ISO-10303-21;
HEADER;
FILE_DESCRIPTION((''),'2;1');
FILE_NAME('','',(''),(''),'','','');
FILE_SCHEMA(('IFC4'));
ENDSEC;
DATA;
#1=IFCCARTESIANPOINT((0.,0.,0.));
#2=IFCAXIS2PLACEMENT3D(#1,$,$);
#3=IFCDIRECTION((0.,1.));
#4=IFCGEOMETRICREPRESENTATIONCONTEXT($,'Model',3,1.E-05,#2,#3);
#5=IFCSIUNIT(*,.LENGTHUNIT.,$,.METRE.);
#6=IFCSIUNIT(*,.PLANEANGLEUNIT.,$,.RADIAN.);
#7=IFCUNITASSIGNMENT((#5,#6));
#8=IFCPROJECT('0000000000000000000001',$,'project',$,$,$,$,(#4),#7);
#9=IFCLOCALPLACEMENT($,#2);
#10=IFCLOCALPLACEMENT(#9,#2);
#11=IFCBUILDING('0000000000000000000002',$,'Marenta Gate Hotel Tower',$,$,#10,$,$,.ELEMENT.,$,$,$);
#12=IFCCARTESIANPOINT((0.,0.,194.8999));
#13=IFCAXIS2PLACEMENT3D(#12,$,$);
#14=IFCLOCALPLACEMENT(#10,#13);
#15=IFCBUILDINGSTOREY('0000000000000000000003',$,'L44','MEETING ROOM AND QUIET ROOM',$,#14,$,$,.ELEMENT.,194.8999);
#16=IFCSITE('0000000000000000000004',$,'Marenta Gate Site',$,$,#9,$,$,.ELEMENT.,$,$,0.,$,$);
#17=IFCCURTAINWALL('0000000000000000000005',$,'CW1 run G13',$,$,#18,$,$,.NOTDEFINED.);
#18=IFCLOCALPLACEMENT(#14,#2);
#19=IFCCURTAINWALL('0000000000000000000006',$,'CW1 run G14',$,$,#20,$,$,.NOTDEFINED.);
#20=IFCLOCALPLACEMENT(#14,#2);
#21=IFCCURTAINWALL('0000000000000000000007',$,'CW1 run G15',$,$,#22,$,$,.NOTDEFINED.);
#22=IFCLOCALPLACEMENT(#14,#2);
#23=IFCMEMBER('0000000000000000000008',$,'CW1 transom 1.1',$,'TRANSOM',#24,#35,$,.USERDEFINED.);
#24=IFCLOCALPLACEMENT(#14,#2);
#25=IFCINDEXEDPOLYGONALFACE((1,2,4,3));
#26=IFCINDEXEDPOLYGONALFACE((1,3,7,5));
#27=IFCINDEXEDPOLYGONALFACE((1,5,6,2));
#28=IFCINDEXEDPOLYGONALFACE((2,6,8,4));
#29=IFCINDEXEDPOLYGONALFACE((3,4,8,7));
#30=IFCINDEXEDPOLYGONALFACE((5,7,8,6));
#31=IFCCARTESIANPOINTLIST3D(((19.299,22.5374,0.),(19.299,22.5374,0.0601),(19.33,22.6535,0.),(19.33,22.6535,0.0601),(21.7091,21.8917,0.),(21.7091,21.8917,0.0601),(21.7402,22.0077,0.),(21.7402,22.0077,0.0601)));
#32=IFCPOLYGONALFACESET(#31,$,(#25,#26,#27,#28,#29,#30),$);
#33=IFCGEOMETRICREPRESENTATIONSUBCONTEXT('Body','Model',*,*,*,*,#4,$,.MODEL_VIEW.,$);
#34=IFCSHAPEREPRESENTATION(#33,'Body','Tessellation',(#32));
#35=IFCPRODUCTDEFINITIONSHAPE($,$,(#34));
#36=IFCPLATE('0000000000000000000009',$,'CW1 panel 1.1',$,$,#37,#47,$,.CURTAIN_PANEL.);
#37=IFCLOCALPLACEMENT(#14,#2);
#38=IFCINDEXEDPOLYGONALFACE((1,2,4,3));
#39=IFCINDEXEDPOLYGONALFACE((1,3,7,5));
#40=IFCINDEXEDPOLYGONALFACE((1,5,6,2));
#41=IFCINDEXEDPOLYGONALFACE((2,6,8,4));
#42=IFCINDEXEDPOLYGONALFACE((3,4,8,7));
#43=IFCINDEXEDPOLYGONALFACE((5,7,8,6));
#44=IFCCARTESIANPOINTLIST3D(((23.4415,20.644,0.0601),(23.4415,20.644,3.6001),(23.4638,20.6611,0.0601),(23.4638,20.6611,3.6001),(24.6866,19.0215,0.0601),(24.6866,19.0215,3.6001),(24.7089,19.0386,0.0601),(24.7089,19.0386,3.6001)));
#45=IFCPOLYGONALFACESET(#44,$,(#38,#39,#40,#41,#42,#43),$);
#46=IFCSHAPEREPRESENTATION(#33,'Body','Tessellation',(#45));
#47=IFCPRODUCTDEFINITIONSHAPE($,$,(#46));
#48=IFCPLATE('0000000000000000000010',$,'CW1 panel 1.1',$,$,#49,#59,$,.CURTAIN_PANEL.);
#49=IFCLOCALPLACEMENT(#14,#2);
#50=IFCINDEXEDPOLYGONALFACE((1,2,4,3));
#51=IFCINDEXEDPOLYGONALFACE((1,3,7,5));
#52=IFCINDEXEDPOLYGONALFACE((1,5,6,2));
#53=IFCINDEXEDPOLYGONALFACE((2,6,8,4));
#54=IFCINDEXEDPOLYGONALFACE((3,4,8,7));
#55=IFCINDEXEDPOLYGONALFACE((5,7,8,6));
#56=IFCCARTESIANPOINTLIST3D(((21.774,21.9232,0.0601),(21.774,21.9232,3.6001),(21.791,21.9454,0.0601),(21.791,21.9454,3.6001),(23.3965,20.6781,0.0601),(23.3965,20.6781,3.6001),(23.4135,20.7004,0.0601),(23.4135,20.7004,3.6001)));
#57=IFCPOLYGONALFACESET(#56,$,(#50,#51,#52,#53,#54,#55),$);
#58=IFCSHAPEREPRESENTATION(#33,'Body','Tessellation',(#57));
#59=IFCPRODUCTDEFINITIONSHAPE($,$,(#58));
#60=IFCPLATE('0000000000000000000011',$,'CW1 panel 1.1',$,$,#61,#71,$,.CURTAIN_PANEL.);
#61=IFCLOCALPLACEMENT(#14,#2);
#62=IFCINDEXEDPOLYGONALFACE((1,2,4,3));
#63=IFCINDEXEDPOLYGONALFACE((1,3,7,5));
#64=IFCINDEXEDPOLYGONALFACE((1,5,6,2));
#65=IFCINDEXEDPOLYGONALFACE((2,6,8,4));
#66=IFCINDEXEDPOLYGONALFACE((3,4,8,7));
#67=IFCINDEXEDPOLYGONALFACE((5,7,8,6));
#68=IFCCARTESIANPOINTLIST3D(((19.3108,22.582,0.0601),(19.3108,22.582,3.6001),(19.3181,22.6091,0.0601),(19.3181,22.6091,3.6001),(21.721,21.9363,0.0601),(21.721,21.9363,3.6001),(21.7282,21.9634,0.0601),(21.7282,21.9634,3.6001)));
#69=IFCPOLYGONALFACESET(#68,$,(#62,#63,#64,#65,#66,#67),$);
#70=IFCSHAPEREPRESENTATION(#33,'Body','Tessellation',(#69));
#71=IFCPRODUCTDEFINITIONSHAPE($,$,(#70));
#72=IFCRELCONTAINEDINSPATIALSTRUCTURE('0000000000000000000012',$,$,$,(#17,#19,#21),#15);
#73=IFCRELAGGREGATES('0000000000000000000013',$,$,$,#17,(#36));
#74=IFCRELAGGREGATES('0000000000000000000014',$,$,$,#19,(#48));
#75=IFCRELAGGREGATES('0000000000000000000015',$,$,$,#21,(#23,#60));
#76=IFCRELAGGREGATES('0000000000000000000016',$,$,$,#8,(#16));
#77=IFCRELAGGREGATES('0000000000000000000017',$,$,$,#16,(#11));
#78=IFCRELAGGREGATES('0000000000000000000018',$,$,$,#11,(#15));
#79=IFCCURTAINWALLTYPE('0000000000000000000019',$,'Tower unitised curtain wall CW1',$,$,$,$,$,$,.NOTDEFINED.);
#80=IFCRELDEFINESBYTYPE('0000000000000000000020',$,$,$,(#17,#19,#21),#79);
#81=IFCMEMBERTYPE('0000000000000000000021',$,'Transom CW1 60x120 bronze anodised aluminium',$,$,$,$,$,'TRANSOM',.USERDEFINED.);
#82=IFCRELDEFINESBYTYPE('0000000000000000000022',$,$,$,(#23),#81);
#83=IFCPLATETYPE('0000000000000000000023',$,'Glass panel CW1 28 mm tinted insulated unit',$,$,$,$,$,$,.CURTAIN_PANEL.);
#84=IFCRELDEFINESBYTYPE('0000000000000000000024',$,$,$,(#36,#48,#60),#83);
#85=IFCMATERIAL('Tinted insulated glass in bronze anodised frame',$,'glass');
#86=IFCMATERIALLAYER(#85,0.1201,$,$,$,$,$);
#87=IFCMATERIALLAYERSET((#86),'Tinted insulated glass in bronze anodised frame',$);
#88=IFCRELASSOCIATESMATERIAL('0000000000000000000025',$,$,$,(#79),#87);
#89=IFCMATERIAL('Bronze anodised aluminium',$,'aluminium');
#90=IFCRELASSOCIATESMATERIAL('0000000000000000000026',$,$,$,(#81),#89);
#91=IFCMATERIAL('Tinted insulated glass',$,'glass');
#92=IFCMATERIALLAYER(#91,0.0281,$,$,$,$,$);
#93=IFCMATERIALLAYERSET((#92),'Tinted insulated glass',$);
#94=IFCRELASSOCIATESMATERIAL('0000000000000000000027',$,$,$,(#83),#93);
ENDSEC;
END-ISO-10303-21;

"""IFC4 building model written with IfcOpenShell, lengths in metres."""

from ifc_helpers import new_model, si_unit, direction, frame, origin, origin_2d, place, context, subcontext, project, spatial, rectangle, extrude, material, layer, layer_set, material_profile, profile_set, type_object, element, aggregate, save


model = new_model("IFC4")

# Units and contexts
model_context = context("Model", 3, precision=1e-05, world=origin(), true_north=direction((0.0, 1.0)))
body_context = subcontext(model_context, "Body", "Model", "MODEL_VIEW")
ifc_project = project(units=[si_unit("LENGTHUNIT", "METRE"), si_unit("PLANEANGLEUNIT", "RADIAN")], contexts=[model_context])

# Site, building, storey
site_placement = place(None, origin())
site = spatial("IfcSite", under=ifc_project, at=site_placement, Name="Marenta Gate Site", CompositionType="ELEMENT", RefElevation=0.0)
building_placement = place(site_placement, origin())
building = spatial("IfcBuilding", under=site, at=building_placement, Name="Marenta Gate Hotel Tower", CompositionType="ELEMENT")
storey_placement = place(building_placement, frame((0.0, 0.0, 194.8999)))
storey = spatial("IfcBuildingStorey", under=building, at=storey_placement, Name="L44", Description="MEETING ROOM AND QUIET ROOM", CompositionType="ELEMENT", Elevation=194.8999)

# Curtain walls
ifc_material_1 = material(Name="Tinted insulated glass in bronze anodised frame", Category="glass")
ifc_layer_1 = layer(ifc_material_1, 0.1201)
ifc_layer_set_1 = layer_set([ifc_layer_1], Name="Tinted insulated glass in bronze anodised frame")
curtain_wall_type = type_object("IfcCurtainWallType", Name="Tower unitised curtain wall CW1", PredefinedType="NOTDEFINED", material=ifc_layer_set_1)
curtain_wall_1_placement = place(storey_placement, origin())
curtain_wall_1 = element("IfcCurtainWall", 1, at=curtain_wall_1_placement, inside=storey, type_object=curtain_wall_type, Name="CW1 run G13", PredefinedType="NOTDEFINED")
curtain_wall_2_placement = place(storey_placement, origin())
curtain_wall_2 = element("IfcCurtainWall", 2, at=curtain_wall_2_placement, inside=storey, type_object=curtain_wall_type, Name="CW1 run G14", PredefinedType="NOTDEFINED")

# Curtain wall
curtain_wall_3_placement = place(storey_placement, origin())
curtain_wall_3 = element("IfcCurtainWall", 3, at=curtain_wall_3_placement, inside=storey, type_object=curtain_wall_type, Name="CW1 run G15", PredefinedType="NOTDEFINED")

# Member
ifc_material_2 = material(Name="Bronze anodised aluminium", Category="aluminium")
ifc_material_profile_1 = material_profile(ifc_material_2, rectangle(XDim=0.1201, YDim=0.0601, at=origin_2d()), Name="Transom CW1 60x120 bronze anodised aluminium")
ifc_profile_set_1 = profile_set([ifc_material_profile_1], Name="Bronze anodised aluminium")
member_type_1 = type_object("IfcMemberType", Name="Transom CW1 60x120 bronze anodised aluminium", ElementType="TRANSOM", PredefinedType="USERDEFINED", material=ifc_profile_set_1)
member_1_placement = place(storey_placement, frame((21.7246, 21.9497, 0.03), z_axis=(-0.965931, 0.258801, 0.0), x_axis=(-0.258801, -0.965931, 0.0)))
member_1 = element("IfcMember", 4, at=member_1_placement, type_object=member_type_1, Name="CW1 transom 1.1", ObjectType="TRANSOM", PredefinedType="USERDEFINED", context=body_context, shape_type="SweptSolid", body=[
    extrude(rectangle(XDim=0.1201, YDim=0.0601, at=origin_2d()), origin(), (0.0, 0.0, 1.0), 2.4951),
])

# Plates
ifc_material_3 = material(Name="Tinted insulated glass", Category="glass")
ifc_layer_2 = layer(ifc_material_3, 0.0281)
ifc_layer_set_2 = layer_set([ifc_layer_2], Name="Tinted insulated glass")
plate_type = type_object("IfcPlateType", Name="Glass panel CW1 28 mm tinted insulated unit", PredefinedType="CURTAIN_PANEL", material=ifc_layer_set_2)
plate_1_placement = place(storey_placement, frame((24.0752, 19.8413, 0.0601), z_axis=(0.0, 0.0, 1.0), x_axis=(-0.608787, 0.793333, 0.0)))
plate_1 = element("IfcPlate", 5, at=plate_1_placement, type_object=plate_type, Name="CW1 panel 1.1", PredefinedType="CURTAIN_PANEL", context=body_context, shape_type="SweptSolid", body=[
    extrude(rectangle(XDim=2.0452, YDim=0.0281, at=origin_2d()), origin(), (0.0, 0.0, 1.0), 3.54),
])
aggregate(curtain_wall_1, [plate_1])
plate_2_placement = place(storey_placement, frame((22.5938, 21.3118, 0.0601), z_axis=(0.0, 0.0, 1.0), x_axis=(-0.793333, 0.608787, 0.0)))
plate_2 = element("IfcPlate", 6, at=plate_2_placement, type_object=plate_type, Name="CW1 panel 1.1", PredefinedType="CURTAIN_PANEL", context=body_context, shape_type="SweptSolid", body=[
    extrude(rectangle(XDim=2.0452, YDim=0.0281, at=origin_2d()), origin(), (0.0, 0.0, 1.0), 3.54),
])
aggregate(curtain_wall_2, [plate_2])
plate_3_placement = place(storey_placement, frame((20.5195, 22.2727, 0.0601), z_axis=(0.0, 0.0, 1.0), x_axis=(-0.96593, 0.258805, 0.0)))
plate_3 = element("IfcPlate", 7, at=plate_3_placement, type_object=plate_type, Name="CW1 panel 1.1", PredefinedType="CURTAIN_PANEL", context=body_context, shape_type="SweptSolid", body=[
    extrude(rectangle(XDim=2.4951, YDim=0.0281, at=origin_2d()), origin(), (0.0, 0.0, 1.0), 3.54),
])
aggregate(curtain_wall_3, [member_1, plate_3])

save(model, "model.ifc")
